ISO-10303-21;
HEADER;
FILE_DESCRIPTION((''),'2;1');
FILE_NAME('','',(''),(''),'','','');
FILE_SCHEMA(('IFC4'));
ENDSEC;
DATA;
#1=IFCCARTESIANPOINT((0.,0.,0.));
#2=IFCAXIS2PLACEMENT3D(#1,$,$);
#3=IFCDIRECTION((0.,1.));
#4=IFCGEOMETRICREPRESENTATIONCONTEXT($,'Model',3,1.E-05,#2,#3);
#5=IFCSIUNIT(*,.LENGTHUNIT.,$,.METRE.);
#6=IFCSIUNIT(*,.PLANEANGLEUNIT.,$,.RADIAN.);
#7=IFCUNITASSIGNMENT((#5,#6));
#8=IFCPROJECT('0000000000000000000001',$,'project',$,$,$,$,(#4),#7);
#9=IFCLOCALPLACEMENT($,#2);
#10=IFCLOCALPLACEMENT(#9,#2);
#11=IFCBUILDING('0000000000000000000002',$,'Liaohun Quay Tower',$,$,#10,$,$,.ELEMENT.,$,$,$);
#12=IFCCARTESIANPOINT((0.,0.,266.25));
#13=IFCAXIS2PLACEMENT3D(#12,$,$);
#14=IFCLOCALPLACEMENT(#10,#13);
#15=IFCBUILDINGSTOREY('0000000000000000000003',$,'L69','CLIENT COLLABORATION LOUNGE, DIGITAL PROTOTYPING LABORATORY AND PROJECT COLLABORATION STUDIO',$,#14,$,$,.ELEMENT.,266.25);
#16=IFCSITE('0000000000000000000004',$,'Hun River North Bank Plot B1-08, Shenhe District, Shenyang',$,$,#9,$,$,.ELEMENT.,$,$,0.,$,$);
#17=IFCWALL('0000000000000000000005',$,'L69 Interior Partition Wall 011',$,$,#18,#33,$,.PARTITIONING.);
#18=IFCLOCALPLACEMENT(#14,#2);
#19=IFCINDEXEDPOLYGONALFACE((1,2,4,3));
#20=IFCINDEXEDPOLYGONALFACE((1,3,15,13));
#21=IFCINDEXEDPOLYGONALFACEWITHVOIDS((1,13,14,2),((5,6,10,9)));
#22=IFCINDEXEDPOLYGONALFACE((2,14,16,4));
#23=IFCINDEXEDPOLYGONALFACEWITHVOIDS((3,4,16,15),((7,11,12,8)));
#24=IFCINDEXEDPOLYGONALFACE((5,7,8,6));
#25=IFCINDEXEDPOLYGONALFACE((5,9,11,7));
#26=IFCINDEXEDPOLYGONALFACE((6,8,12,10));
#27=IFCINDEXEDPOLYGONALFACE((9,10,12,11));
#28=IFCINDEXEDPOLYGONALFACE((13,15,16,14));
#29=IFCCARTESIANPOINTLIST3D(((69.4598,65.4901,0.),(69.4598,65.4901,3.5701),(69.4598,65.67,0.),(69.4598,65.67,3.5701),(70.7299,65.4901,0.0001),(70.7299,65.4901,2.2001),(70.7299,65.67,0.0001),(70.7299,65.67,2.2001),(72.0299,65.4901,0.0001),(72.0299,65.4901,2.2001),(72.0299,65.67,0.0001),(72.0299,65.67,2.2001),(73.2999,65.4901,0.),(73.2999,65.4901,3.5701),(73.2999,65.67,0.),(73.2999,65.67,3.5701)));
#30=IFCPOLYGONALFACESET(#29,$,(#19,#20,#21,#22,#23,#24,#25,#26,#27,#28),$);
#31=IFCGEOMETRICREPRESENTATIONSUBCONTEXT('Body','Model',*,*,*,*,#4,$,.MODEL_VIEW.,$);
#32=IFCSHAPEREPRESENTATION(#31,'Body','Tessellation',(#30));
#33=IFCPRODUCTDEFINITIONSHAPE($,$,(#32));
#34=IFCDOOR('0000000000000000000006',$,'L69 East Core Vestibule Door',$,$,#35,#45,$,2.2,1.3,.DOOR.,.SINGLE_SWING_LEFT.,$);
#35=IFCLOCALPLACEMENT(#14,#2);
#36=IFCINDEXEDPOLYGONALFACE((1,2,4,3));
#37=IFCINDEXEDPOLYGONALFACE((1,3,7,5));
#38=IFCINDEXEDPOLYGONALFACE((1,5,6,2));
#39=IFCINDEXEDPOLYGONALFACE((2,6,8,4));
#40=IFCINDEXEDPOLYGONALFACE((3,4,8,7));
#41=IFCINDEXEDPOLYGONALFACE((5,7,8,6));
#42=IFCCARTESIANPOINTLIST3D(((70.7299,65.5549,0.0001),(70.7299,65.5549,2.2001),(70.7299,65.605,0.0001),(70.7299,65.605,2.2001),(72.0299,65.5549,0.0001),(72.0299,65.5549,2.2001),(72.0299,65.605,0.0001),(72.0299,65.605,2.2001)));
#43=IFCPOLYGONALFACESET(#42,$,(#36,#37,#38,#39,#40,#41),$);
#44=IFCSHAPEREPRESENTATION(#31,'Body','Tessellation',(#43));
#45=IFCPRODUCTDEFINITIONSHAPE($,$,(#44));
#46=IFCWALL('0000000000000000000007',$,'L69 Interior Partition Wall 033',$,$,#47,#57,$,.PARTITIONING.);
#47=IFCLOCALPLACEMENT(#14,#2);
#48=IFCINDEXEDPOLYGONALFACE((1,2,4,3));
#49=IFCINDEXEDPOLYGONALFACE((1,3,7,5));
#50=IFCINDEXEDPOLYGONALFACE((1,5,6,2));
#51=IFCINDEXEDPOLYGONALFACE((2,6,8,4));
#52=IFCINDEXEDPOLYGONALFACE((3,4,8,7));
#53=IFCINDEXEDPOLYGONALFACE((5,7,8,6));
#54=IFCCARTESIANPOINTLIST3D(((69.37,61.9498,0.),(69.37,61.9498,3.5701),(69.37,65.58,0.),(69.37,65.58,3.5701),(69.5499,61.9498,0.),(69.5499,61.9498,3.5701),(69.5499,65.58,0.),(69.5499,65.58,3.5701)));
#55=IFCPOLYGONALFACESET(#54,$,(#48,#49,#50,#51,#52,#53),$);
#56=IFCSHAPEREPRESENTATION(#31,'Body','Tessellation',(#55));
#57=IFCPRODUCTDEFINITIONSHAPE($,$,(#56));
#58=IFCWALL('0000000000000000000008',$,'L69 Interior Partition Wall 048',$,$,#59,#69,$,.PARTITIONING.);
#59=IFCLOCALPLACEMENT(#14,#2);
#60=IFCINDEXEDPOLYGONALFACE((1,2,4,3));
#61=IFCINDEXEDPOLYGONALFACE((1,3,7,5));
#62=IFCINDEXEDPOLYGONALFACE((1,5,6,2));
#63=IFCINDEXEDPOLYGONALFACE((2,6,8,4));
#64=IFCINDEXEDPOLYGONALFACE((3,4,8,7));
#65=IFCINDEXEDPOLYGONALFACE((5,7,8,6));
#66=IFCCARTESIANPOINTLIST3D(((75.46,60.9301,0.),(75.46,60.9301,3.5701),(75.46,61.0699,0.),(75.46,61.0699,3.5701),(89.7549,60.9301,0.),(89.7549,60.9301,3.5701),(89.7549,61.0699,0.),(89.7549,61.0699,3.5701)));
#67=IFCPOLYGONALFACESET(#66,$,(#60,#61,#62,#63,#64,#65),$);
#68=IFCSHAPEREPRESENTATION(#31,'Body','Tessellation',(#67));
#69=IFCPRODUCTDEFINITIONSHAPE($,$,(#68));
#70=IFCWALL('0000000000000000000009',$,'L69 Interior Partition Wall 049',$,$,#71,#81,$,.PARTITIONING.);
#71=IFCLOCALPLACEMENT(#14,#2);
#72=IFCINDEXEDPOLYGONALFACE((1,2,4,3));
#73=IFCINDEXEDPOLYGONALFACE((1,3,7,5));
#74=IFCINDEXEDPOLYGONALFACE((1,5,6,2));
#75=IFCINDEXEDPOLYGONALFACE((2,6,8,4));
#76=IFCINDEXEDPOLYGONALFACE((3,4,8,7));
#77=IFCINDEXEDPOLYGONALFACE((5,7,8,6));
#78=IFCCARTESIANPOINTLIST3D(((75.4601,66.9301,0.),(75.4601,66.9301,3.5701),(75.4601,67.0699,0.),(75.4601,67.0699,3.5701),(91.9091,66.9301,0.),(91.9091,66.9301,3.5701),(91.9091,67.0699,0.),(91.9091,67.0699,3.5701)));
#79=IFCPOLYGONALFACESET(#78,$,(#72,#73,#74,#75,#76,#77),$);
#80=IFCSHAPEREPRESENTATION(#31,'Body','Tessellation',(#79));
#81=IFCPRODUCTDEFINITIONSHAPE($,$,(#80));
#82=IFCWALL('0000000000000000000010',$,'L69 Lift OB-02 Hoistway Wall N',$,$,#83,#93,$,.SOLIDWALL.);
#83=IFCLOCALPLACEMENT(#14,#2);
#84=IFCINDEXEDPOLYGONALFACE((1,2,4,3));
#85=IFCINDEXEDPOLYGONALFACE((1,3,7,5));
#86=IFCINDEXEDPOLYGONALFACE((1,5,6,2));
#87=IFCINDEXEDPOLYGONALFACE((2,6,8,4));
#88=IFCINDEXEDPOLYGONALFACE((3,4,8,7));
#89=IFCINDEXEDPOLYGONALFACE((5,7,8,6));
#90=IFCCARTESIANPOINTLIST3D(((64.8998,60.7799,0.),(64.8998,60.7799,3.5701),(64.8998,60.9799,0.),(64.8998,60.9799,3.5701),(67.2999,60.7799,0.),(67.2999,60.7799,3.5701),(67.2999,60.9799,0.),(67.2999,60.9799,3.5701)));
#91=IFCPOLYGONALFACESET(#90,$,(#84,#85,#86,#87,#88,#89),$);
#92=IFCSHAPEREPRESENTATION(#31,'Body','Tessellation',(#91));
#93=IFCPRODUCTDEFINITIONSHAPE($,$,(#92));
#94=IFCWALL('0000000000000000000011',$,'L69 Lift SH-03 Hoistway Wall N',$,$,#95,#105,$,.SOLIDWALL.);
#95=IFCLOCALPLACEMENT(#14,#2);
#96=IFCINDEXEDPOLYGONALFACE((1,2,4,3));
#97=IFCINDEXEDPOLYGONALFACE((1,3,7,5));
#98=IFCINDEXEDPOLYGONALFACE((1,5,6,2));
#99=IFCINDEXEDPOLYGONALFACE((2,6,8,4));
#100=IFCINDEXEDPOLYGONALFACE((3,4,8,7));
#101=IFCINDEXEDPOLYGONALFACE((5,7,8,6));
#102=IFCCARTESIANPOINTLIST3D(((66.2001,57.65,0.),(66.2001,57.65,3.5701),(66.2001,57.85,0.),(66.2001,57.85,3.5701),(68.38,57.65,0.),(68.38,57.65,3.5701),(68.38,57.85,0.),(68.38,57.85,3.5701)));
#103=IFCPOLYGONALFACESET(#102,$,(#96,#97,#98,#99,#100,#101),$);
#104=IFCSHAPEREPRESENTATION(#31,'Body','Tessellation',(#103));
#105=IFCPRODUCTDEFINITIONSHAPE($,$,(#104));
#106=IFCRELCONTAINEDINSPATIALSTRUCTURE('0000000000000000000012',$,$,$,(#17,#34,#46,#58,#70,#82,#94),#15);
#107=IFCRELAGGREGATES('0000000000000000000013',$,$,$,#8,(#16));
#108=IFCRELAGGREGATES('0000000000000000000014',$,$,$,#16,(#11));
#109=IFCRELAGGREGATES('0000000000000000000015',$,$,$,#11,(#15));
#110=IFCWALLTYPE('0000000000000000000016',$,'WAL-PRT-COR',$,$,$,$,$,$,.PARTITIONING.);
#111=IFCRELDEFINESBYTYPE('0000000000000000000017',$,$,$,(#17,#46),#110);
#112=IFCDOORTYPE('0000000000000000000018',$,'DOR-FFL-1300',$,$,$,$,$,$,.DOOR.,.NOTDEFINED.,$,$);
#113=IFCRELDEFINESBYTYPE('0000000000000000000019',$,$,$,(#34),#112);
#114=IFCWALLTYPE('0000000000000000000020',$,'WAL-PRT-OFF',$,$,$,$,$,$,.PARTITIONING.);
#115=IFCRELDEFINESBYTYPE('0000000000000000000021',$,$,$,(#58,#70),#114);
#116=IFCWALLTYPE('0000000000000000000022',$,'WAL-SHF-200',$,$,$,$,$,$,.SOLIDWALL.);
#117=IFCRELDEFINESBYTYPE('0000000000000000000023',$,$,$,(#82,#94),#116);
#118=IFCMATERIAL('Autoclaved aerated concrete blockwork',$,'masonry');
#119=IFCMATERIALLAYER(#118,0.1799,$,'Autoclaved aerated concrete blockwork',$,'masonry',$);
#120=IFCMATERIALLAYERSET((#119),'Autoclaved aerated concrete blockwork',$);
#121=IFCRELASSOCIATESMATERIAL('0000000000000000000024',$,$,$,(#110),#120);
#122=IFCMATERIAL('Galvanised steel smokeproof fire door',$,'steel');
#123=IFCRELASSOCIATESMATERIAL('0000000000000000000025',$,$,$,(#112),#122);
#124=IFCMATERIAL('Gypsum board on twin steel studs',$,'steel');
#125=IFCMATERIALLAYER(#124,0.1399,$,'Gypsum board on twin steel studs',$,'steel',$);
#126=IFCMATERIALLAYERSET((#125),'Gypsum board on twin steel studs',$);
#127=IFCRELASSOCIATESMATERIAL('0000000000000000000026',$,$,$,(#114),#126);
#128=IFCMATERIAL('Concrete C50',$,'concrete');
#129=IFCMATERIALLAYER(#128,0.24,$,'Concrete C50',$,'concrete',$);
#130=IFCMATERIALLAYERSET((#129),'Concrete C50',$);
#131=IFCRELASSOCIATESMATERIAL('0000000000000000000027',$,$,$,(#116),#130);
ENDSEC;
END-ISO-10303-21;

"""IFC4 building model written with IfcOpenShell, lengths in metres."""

from ifc_helpers import new_model, si_unit, direction, frame, frame_2d, origin, place, context, subcontext, project, spatial, rectangle, extrude, source, transform, mapped, material, layer, layer_set, type_object, element, fill, save


model = new_model("IFC4")

# Units and contexts
model_context = context("Model", 3, precision=1e-05, world=origin(), true_north=direction((0.0, 1.0)))
body_context = subcontext(model_context, "Body", "Model", "MODEL_VIEW")
ifc_project = project(units=[si_unit("LENGTHUNIT", "METRE"), si_unit("PLANEANGLEUNIT", "RADIAN")], contexts=[model_context])

# Site, building, storey
site_placement = place(None, origin())
site = spatial("IfcSite", under=ifc_project, at=site_placement, Name="Hun River North Bank Plot B1-08, Shenhe District, Shenyang", CompositionType="ELEMENT", RefElevation=0.0)
building_placement = place(site_placement, origin())
building = spatial("IfcBuilding", under=site, at=building_placement, Name="Liaohun Quay Tower", CompositionType="ELEMENT")
storey_placement = place(building_placement, frame((0.0, 0.0, 266.25)))
storey = spatial("IfcBuildingStorey", under=building, at=storey_placement, Name="L69", Description="CLIENT COLLABORATION LOUNGE, DIGITAL PROTOTYPING LABORATORY AND PROJECT COLLABORATION STUDIO", CompositionType="ELEMENT", Elevation=266.25)

# Wall, opening, door
ifc_material_1 = material(Name="Autoclaved aerated concrete blockwork", Category="masonry")
ifc_layer_1 = layer(ifc_material_1, 0.1799, Name="Autoclaved aerated concrete blockwork", Category="masonry")
ifc_layer_set_1 = layer_set([ifc_layer_1], Name="Autoclaved aerated concrete blockwork")
wall_type_1 = type_object("IfcWallType", Name="WAL-PRT-COR", PredefinedType="PARTITIONING", material=ifc_layer_set_1)
wall_1_placement = place(storey_placement, frame((69.46, 65.5801, 0.0), z_axis=(0.0, 0.0, 1.0), x_axis=(1.0, 0.0, 0.0)))
wall_1 = element("IfcWall", 1, at=wall_1_placement, inside=storey, type_object=wall_type_1, Name="L69 Interior Partition Wall 011", PredefinedType="PARTITIONING", context=body_context, shape_type="SweptSolid", body=[
    extrude(rectangle(XDim=3.8401, YDim=0.1799, at=frame_2d((1.9199, 0.0))), origin(), (0.0, 0.0, 1.0), 3.5701),
])
shared_shape_1 = source(origin(), body_context, "Body", "SweptSolid", [
    extrude(rectangle(XDim=1.3, YDim=2.2, at=frame_2d((0.6499, 1.1001))), frame((0.0, 0.0999, 0.0), z_axis=(0.0, -1.0, 0.0), x_axis=(1.0, 0.0, 0.0)), (0.0, 0.0, 1.0), 0.2),
])
opening_1_placement = place(wall_1_placement, frame((1.27, 0.0, 0.0)))
opening_1 = element("IfcOpeningElement", 2, at=opening_1_placement, cuts=wall_1, PredefinedType="OPENING", context=body_context, shape_type="MappedRepresentation", body=[
    mapped(shared_shape_1, transform((0.0, 0.0, 0.0), x_axis=(1.0, 0.0, 0.0), y_axis=(0.0, 1.0, 0.0), z_axis=(0.0, 0.0, 1.0), scale=1.0)),
])
ifc_material_2 = material(Name="Galvanised steel smokeproof fire door", Category="steel")
door_type_1 = type_object("IfcDoorType", Name="DOR-FFL-1300", OperationType="NOTDEFINED", PredefinedType="DOOR", material=ifc_material_2)
shared_shape_2 = source(origin(), body_context, "Body", "SweptSolid", [
    extrude(rectangle(XDim=1.3, YDim=2.2, at=frame_2d((0.6499, 1.1001))), frame((0.0, 0.0249, 0.0), z_axis=(0.0, -1.0, 0.0), x_axis=(1.0, 0.0, 0.0)), (0.0, 0.0, 1.0), 0.05),
])
door_1_placement = place(opening_1_placement, origin())
door_1 = element("IfcDoor", 3, at=door_1_placement, inside=storey, type_object=door_type_1, Name="L69 East Core Vestibule Door", OperationType="SINGLE_SWING_LEFT", OverallHeight=2.2, OverallWidth=1.3, PredefinedType="DOOR", context=body_context, shape_type="MappedRepresentation", body=[
    mapped(shared_shape_2, transform((0.0, 0.0, 0.0), x_axis=(1.0, 0.0, 0.0), y_axis=(0.0, 1.0, 0.0), z_axis=(0.0, 0.0, 1.0), scale=1.0)),
])
fill(opening_1, door_1)

# Walls
wall_2_placement = place(storey_placement, frame((69.46, 61.95, 0.0), z_axis=(0.0, 0.0, 1.0), x_axis=(0.0, 1.0, 0.0)))
element("IfcWall", 4, at=wall_2_placement, inside=storey, type_object=wall_type_1, Name="L69 Interior Partition Wall 033", PredefinedType="PARTITIONING", context=body_context, shape_type="SweptSolid", body=[
    extrude(rectangle(XDim=3.6301, YDim=0.1799, at=frame_2d((1.8149, 0.0))), origin(), (0.0, 0.0, 1.0), 3.5701),
])
ifc_material_3 = material(Name="Gypsum board on twin steel studs", Category="steel")
ifc_layer_2 = layer(ifc_material_3, 0.1399, Name="Gypsum board on twin steel studs", Category="steel")
ifc_layer_set_2 = layer_set([ifc_layer_2], Name="Gypsum board on twin steel studs")
wall_type_2 = type_object("IfcWallType", Name="WAL-PRT-OFF", PredefinedType="PARTITIONING", material=ifc_layer_set_2)
wall_3_placement = place(storey_placement, frame((75.46, 61.0, 0.0), z_axis=(0.0, 0.0, 1.0), x_axis=(1.0, 0.0, 0.0)))
element("IfcWall", 5, at=wall_3_placement, inside=storey, type_object=wall_type_2, Name="L69 Interior Partition Wall 048", PredefinedType="PARTITIONING", context=body_context, shape_type="SweptSolid", body=[
    extrude(rectangle(XDim=14.2949, YDim=0.1399, at=frame_2d((7.1475, 0.0))), origin(), (0.0, 0.0, 1.0), 3.5701),
])
wall_4_placement = place(storey_placement, frame((75.46, 67.0, 0.0), z_axis=(0.0, 0.0, 1.0), x_axis=(1.0, 0.0, 0.0)))
element("IfcWall", 6, at=wall_4_placement, inside=storey, type_object=wall_type_2, Name="L69 Interior Partition Wall 049", PredefinedType="PARTITIONING", context=body_context, shape_type="SweptSolid", body=[
    extrude(rectangle(XDim=16.449, YDim=0.1399, at=frame_2d((8.2246, 0.0))), origin(), (0.0, 0.0, 1.0), 3.5701),
])
ifc_material_4 = material(Name="Concrete C50", Category="concrete")
ifc_layer_3 = layer(ifc_material_4, 0.24, Name="Concrete C50", Category="concrete")
ifc_layer_set_3 = layer_set([ifc_layer_3], Name="Concrete C50")
wall_type_3 = type_object("IfcWallType", Name="WAL-SHF-200", PredefinedType="SOLIDWALL", material=ifc_layer_set_3)
wall_5_placement = place(storey_placement, frame((67.3, 60.8799, 0.0), z_axis=(0.0, 0.0, 1.0), x_axis=(-1.0, 0.0, 0.0)))
element("IfcWall", 7, at=wall_5_placement, inside=storey, type_object=wall_type_3, Name="L69 Lift OB-02 Hoistway Wall N", PredefinedType="SOLIDWALL", context=body_context, shape_type="SweptSolid", body=[
    extrude(rectangle(XDim=2.4001, YDim=0.2, at=frame_2d((1.2002, 0.0))), origin(), (0.0, 0.0, 1.0), 3.5701),
])
wall_6_placement = place(storey_placement, frame((68.3799, 57.75, 0.0), z_axis=(0.0, 0.0, 1.0), x_axis=(-1.0, 0.0, 0.0)))
element("IfcWall", 8, at=wall_6_placement, inside=storey, type_object=wall_type_3, Name="L69 Lift SH-03 Hoistway Wall N", PredefinedType="SOLIDWALL", context=body_context, shape_type="SweptSolid", body=[
    extrude(rectangle(XDim=2.1799, YDim=0.2, at=frame_2d((1.0898, 0.0))), origin(), (0.0, 0.0, 1.0), 3.5701),
])

save(model, "model.ifc")
